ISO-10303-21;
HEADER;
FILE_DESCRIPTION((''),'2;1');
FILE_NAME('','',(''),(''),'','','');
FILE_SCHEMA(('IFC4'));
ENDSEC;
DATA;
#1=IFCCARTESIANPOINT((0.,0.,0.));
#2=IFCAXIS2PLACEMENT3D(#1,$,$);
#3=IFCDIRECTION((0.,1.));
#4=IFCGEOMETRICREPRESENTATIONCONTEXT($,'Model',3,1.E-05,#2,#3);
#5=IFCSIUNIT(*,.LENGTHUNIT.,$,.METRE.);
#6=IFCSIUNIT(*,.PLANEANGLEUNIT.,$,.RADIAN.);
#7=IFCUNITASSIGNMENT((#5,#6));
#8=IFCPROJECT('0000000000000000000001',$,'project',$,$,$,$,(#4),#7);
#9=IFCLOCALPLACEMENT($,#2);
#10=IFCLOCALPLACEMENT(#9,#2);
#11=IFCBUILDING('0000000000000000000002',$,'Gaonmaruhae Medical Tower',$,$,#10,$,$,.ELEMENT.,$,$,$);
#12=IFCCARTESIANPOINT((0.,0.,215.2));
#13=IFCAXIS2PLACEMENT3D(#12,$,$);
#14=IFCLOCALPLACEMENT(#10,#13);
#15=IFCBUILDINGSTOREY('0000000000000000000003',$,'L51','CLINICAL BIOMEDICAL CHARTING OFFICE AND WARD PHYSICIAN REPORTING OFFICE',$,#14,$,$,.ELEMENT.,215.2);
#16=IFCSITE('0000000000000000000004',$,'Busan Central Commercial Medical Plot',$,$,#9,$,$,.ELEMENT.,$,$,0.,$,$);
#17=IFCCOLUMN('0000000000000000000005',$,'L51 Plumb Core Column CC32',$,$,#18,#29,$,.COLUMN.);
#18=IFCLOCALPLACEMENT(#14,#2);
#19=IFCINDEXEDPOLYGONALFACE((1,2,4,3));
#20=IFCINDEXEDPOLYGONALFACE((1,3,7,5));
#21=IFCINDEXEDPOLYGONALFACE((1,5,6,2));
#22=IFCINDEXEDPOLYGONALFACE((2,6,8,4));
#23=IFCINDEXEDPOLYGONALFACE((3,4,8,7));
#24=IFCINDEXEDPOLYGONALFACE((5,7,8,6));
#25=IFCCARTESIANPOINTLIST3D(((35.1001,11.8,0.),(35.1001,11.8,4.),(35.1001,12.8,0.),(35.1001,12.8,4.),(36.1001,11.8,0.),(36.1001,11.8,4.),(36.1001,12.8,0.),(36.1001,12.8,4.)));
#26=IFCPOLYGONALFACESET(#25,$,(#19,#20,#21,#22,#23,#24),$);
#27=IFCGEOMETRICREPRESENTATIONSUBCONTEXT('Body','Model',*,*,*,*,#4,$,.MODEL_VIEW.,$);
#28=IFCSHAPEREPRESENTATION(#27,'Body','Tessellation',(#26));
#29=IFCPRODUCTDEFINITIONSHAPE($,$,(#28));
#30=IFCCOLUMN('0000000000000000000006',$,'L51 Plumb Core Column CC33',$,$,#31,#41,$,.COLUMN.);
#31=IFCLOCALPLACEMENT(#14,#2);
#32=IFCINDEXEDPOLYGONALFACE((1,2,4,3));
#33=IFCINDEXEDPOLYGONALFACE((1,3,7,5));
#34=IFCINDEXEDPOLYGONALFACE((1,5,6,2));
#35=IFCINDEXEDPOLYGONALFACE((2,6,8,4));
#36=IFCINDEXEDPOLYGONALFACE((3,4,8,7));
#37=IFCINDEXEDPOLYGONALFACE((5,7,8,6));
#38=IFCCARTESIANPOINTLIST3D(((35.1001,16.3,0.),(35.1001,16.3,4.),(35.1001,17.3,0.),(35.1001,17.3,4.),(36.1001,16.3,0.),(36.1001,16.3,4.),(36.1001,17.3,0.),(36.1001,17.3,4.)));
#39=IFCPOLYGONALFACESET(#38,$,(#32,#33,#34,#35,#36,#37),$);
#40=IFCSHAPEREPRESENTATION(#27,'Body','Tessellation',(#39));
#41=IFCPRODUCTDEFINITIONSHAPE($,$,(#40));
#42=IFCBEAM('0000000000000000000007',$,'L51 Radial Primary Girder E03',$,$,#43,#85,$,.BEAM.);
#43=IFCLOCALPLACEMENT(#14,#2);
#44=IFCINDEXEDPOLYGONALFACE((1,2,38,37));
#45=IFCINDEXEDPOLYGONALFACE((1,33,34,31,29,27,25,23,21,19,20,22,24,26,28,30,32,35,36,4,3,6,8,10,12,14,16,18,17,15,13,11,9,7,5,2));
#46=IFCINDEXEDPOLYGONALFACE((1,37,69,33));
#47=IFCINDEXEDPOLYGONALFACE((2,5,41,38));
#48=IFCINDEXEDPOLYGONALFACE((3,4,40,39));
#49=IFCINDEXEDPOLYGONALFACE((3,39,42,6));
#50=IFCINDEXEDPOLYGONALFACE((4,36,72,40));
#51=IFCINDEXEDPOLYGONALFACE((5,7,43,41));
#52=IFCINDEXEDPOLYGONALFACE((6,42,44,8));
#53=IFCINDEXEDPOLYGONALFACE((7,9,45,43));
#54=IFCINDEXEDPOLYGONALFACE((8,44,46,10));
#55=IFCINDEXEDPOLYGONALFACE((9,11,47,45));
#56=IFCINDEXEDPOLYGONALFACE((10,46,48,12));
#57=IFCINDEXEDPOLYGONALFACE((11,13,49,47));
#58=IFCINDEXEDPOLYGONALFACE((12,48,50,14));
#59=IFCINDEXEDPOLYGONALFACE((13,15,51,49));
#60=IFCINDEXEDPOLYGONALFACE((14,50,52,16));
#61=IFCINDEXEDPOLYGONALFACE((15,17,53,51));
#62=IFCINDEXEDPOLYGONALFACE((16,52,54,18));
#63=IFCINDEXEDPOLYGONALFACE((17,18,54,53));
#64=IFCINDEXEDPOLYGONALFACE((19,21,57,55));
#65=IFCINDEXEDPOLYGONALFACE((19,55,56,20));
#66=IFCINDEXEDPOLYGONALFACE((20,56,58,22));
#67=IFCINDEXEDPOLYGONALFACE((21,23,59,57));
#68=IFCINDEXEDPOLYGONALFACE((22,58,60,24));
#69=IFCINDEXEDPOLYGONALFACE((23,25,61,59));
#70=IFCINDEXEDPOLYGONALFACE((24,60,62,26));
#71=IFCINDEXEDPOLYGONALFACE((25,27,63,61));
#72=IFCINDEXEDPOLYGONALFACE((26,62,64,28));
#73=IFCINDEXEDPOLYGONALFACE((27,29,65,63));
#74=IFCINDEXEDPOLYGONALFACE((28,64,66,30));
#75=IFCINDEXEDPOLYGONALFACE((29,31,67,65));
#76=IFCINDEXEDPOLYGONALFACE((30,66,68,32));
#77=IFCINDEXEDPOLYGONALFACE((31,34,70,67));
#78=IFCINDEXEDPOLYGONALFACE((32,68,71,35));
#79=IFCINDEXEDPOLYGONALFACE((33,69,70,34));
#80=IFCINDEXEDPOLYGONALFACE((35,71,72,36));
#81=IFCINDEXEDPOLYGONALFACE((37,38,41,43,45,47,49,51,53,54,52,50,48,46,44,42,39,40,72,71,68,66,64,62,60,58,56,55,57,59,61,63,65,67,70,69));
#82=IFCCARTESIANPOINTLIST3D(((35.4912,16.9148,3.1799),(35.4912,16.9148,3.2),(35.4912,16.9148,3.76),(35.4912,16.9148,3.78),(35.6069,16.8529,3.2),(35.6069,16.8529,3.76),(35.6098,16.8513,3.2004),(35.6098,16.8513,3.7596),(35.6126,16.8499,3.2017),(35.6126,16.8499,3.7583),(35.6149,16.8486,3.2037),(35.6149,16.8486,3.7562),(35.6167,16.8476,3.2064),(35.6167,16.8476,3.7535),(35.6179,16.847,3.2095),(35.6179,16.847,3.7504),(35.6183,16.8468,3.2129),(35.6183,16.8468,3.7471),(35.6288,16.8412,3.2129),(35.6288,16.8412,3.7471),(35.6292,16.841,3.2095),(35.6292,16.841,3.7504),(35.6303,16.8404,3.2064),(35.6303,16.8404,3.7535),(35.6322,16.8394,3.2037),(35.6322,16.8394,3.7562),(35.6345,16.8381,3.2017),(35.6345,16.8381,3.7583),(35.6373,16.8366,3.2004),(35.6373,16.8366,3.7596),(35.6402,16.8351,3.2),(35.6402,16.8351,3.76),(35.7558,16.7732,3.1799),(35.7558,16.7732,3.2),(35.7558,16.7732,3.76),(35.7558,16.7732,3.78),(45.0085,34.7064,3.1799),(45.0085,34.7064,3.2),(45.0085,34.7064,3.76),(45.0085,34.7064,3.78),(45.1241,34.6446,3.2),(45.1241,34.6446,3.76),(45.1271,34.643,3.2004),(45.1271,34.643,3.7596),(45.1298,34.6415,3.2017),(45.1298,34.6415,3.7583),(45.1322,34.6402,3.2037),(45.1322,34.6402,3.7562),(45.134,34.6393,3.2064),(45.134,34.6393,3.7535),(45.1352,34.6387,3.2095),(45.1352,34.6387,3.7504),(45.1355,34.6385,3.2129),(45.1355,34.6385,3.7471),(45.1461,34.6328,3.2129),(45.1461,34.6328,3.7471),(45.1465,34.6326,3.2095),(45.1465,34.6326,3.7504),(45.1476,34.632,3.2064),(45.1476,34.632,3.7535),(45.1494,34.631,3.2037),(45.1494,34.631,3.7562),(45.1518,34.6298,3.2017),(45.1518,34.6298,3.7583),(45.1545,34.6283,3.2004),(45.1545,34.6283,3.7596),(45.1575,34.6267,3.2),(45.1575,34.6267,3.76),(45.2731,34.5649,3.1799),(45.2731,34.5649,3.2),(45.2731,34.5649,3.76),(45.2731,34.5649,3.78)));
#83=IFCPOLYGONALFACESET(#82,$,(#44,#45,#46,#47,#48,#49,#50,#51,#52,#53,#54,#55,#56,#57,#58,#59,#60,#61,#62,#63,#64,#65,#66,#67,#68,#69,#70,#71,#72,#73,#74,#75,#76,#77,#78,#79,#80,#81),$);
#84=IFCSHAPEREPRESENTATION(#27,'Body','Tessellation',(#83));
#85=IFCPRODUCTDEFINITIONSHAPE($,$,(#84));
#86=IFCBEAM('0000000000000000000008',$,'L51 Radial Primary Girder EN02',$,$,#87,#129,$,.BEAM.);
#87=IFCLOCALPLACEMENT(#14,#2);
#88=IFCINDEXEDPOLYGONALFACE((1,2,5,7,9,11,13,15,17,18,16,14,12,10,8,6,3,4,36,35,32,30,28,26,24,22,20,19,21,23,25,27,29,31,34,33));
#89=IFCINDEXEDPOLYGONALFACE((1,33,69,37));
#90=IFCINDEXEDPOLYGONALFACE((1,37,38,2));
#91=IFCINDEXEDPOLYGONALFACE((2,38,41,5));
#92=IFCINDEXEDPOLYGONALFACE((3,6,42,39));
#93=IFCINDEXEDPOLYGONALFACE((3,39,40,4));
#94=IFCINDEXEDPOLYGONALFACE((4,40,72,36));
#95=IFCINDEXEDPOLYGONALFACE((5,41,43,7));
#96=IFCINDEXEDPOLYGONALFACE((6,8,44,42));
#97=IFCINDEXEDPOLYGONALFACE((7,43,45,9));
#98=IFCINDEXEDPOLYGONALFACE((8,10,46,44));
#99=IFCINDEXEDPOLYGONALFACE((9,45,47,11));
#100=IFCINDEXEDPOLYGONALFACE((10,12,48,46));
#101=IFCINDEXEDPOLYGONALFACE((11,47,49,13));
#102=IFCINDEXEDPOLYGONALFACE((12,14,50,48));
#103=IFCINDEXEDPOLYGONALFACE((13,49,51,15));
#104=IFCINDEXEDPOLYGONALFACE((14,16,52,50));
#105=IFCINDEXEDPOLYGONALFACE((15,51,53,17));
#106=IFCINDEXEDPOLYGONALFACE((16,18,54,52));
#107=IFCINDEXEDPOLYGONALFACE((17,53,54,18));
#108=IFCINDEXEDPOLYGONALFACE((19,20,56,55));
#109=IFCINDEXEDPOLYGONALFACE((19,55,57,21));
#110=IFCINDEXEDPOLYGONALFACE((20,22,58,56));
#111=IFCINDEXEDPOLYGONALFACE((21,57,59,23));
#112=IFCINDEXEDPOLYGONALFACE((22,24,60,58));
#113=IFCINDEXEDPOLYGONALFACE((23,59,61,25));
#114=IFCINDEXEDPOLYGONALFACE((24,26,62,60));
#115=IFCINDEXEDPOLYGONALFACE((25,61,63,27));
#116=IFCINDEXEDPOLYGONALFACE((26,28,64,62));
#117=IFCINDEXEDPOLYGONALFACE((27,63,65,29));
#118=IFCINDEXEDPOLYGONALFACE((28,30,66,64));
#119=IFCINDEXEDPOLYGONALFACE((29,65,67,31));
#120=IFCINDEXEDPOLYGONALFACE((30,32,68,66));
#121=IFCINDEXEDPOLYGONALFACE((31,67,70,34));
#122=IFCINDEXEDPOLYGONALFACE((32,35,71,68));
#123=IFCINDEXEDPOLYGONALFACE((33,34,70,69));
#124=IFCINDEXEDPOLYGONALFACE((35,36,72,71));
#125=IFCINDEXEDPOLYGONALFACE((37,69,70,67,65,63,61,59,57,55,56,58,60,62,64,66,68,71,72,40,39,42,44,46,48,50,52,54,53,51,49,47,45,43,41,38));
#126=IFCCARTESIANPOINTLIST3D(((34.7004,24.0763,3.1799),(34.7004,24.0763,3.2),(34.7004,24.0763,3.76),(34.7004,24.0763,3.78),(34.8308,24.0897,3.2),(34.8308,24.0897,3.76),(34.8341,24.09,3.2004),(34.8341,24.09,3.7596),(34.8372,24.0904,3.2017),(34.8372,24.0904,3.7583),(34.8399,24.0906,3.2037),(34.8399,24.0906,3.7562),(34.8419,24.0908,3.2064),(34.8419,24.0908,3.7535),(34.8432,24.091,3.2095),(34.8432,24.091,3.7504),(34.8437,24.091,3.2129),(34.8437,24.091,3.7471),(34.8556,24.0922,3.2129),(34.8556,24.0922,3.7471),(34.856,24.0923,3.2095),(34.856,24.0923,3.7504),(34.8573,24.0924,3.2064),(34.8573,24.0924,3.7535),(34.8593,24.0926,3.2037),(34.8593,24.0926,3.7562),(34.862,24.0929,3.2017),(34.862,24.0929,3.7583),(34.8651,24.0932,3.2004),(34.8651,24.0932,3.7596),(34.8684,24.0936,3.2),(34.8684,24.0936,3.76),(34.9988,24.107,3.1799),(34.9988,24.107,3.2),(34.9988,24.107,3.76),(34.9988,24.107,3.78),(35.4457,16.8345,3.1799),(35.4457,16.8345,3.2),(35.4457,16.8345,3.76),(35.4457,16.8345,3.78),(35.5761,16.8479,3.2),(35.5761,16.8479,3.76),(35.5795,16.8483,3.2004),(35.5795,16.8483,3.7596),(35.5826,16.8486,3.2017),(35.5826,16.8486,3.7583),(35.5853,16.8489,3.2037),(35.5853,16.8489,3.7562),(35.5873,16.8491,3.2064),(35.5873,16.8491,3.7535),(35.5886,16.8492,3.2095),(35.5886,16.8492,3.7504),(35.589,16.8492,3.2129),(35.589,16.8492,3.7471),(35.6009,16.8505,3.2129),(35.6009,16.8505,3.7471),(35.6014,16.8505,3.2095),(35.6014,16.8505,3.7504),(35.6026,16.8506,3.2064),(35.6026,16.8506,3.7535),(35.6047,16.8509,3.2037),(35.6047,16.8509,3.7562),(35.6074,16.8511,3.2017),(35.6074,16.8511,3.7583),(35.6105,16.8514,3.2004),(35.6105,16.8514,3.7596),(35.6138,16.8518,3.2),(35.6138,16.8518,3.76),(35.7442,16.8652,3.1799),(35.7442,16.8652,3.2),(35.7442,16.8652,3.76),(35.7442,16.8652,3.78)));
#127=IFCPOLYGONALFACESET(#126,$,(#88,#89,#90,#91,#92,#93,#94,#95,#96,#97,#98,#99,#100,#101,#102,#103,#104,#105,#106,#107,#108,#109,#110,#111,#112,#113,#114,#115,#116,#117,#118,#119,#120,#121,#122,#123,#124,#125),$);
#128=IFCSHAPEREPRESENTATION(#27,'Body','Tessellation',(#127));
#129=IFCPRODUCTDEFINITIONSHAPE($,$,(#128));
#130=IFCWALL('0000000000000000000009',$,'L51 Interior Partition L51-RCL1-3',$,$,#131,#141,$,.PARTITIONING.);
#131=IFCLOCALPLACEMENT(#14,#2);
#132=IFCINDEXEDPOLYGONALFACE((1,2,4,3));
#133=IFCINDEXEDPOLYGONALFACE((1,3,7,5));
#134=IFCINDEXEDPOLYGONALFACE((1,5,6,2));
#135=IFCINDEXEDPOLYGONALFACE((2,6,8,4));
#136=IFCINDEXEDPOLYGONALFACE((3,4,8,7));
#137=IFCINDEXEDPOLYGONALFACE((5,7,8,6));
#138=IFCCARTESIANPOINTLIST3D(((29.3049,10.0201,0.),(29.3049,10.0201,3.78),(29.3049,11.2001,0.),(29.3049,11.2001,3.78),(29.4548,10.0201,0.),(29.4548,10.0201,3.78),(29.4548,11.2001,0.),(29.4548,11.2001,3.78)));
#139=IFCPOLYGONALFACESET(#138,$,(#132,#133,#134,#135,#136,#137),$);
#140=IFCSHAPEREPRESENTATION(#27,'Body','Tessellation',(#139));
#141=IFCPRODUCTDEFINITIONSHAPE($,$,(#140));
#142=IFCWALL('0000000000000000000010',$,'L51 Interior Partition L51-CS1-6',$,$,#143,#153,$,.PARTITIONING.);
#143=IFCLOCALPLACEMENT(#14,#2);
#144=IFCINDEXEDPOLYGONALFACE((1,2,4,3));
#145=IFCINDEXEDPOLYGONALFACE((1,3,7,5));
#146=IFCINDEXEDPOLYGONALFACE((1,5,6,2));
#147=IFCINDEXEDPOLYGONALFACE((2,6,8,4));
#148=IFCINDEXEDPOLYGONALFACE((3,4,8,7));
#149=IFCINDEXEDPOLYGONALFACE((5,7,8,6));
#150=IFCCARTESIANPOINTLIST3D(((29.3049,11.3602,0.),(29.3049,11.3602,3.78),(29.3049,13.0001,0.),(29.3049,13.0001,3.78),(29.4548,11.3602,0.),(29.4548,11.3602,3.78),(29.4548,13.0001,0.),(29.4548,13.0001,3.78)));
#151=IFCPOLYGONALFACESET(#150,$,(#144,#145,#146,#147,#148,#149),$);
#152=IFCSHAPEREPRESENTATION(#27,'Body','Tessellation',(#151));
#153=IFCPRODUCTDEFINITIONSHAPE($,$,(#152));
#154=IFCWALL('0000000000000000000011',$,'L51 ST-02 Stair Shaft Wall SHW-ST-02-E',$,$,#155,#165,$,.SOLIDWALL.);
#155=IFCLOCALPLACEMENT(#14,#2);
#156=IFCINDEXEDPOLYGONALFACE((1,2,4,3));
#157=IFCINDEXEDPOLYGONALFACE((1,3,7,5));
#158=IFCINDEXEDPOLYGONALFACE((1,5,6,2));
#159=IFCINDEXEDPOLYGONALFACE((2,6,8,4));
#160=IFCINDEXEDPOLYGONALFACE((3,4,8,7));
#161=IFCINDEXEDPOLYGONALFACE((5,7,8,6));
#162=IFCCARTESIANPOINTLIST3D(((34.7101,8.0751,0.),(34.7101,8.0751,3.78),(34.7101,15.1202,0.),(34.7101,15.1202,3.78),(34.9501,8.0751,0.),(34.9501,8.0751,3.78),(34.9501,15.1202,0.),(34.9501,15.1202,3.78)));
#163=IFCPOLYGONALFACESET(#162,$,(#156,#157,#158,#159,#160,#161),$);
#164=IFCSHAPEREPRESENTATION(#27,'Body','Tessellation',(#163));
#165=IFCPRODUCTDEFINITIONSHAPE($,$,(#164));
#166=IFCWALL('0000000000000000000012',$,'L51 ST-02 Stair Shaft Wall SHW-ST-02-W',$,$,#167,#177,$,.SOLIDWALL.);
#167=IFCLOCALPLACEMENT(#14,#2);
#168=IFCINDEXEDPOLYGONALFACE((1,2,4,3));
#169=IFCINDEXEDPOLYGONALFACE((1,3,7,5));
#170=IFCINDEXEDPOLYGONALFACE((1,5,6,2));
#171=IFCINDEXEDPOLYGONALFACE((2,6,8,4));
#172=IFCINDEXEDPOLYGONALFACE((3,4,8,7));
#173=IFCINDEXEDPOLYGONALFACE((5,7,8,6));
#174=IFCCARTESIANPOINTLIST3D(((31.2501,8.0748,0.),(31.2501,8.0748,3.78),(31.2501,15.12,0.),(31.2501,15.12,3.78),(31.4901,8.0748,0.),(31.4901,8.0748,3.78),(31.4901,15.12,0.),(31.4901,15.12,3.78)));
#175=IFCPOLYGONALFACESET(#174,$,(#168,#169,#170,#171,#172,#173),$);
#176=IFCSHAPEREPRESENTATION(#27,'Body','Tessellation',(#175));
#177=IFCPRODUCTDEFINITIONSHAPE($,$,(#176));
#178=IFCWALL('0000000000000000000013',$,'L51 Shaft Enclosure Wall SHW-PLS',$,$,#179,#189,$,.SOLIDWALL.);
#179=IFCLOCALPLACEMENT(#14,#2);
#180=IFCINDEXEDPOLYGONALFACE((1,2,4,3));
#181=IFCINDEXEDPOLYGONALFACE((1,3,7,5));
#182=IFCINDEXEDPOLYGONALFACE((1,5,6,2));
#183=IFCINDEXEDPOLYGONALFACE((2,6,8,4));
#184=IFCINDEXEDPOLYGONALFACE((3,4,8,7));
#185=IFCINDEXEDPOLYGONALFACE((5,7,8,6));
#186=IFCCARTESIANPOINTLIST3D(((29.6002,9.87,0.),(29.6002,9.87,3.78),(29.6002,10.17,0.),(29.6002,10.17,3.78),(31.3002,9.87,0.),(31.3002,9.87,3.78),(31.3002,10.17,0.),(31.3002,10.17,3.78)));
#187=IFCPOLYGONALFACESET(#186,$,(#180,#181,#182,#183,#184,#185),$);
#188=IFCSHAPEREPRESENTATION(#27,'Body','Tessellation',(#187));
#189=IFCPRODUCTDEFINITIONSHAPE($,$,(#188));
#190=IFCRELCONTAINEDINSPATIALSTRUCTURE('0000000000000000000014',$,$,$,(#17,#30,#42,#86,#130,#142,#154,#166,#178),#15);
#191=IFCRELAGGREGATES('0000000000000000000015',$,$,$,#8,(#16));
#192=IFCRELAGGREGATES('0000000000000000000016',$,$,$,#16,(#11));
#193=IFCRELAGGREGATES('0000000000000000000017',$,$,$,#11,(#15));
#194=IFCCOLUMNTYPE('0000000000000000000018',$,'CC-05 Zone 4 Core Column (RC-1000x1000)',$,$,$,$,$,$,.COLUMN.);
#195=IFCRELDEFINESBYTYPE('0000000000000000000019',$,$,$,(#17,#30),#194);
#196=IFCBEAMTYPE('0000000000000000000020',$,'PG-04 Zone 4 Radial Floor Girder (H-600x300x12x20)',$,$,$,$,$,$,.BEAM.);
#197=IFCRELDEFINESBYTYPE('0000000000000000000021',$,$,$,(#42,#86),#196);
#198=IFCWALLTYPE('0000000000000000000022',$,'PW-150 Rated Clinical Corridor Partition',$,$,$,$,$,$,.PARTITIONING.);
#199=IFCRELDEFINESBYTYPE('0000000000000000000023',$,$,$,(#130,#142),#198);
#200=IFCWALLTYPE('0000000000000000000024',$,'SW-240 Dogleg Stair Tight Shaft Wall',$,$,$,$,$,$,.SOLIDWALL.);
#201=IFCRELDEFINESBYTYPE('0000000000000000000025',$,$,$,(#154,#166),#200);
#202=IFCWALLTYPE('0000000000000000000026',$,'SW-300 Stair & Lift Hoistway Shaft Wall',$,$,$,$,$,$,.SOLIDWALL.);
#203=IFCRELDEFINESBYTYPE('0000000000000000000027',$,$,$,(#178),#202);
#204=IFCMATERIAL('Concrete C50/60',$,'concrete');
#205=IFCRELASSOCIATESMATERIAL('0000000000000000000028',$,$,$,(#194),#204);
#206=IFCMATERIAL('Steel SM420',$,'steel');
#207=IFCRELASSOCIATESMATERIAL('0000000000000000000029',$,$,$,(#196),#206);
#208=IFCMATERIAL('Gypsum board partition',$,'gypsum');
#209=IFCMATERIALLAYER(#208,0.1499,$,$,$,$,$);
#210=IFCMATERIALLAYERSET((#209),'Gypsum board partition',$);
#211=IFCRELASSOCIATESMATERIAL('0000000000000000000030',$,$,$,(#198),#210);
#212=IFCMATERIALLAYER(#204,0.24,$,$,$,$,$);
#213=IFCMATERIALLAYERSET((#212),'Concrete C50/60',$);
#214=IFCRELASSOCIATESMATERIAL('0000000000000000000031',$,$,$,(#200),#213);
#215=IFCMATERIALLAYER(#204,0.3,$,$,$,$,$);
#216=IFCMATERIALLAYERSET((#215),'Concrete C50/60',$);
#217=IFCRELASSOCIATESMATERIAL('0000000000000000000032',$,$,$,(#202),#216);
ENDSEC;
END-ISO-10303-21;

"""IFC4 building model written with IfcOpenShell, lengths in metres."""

from ifc_helpers import new_model, si_unit, direction, frame, frame_2d, origin, origin_2d, place, context, subcontext, project, spatial, rectangle, i_section, extrude, material, layer, layer_set, material_profile, profile_set, type_object, element, save


model = new_model("IFC4")

# Units and contexts
model_context = context("Model", 3, precision=1e-05, world=origin(), true_north=direction((0.0, 1.0)))
body_context = subcontext(model_context, "Body", "Model", "MODEL_VIEW")
ifc_project = project(units=[si_unit("LENGTHUNIT", "METRE"), si_unit("PLANEANGLEUNIT", "RADIAN")], contexts=[model_context])

# Site, building, storey
site_placement = place(None, origin())
site = spatial("IfcSite", under=ifc_project, at=site_placement, Name="Busan Central Commercial Medical Plot", CompositionType="ELEMENT", RefElevation=0.0)
building_placement = place(site_placement, origin())
building = spatial("IfcBuilding", under=site, at=building_placement, Name="Gaonmaruhae Medical Tower", CompositionType="ELEMENT")
storey_placement = place(building_placement, frame((0.0, 0.0, 215.2)))
storey = spatial("IfcBuildingStorey", under=building, at=storey_placement, Name="L51", Description="CLINICAL BIOMEDICAL CHARTING OFFICE AND WARD PHYSICIAN REPORTING OFFICE", CompositionType="ELEMENT", Elevation=215.2)

# Columns
ifc_material_1 = material(Name="Concrete C50/60", Category="concrete")
ifc_material_profile_1 = material_profile(ifc_material_1, rectangle(XDim=1.0, YDim=1.0, at=origin_2d()), Name="RC-1000x1000")
ifc_profile_set_1 = profile_set([ifc_material_profile_1], Name="Concrete C50/60")
column_type = type_object("IfcColumnType", Name="CC-05 Zone 4 Core Column (RC-1000x1000)", PredefinedType="COLUMN", material=ifc_profile_set_1)
for number, where, z_axis, x_axis, name in (
    (1, (35.6001, 12.3, 0.0), (0.0, 0.0, 1.0), (1.0, 0.0, 0.0), "L51 Plumb Core Column CC32"),
    (2, (35.6001, 16.8, 0.0), (0.0, 0.0, 1.0), (1.0, 0.0, 0.0), "L51 Plumb Core Column CC33"),
):
    element("IfcColumn", number, at=place(storey_placement, frame(where, z_axis=z_axis, x_axis=x_axis)), inside=storey, type_object=column_type, Name=name, PredefinedType="COLUMN", context=body_context, shape_type="SweptSolid", body=[
        extrude(rectangle(XDim=1.0, YDim=1.0, at=origin_2d()), origin(), (0.0, 0.0, 1.0), 4.0),
    ])

# Beams
ifc_material_2 = material(Name="Steel SM420", Category="steel")
ifc_material_profile_2 = material_profile(ifc_material_2, i_section(OverallWidth=0.3, OverallDepth=0.6001, WebThickness=0.012, FlangeThickness=0.02, FilletRadius=0.0129, at=origin_2d()), Name="H-600x300x12x20")
ifc_profile_set_2 = profile_set([ifc_material_profile_2], Name="Steel SM420")
beam_type = type_object("IfcBeamType", Name="PG-04 Zone 4 Radial Floor Girder (H-600x300x12x20)", PredefinedType="BEAM", material=ifc_profile_set_2)
beam_1_placement = place(storey_placement, frame((35.6235, 16.844, 3.48), z_axis=(0.471684, 0.881768, 0.0), x_axis=(-0.881768, 0.471684, 0.0)))
element("IfcBeam", 3, at=beam_1_placement, inside=storey, type_object=beam_type, Name="L51 Radial Primary Girder E03", PredefinedType="BEAM", context=body_context, shape_type="SweptSolid", body=[
    extrude(i_section(OverallWidth=0.3, OverallDepth=0.6001, WebThickness=0.012, FlangeThickness=0.02, FilletRadius=0.0129, at=origin_2d()), origin(), (0.0, 0.0, 1.0), 20.1772),
])
beam_2_placement = place(storey_placement, frame((35.595, 16.8499, 3.48), z_axis=(-0.102385, 0.994745, 0.0), x_axis=(-0.994745, -0.102385, 0.0)))
element("IfcBeam", 4, at=beam_2_placement, inside=storey, type_object=beam_type, Name="L51 Radial Primary Girder EN02", PredefinedType="BEAM", context=body_context, shape_type="SweptSolid", body=[
    extrude(i_section(OverallWidth=0.3, OverallDepth=0.6001, WebThickness=0.012, FlangeThickness=0.02, FilletRadius=0.0129, at=origin_2d()), origin(), (0.0, 0.0, 1.0), 7.28),
])

# Walls
ifc_material_3 = material(Name="Gypsum board partition", Category="gypsum")
ifc_layer_1 = layer(ifc_material_3, 0.1499)
ifc_layer_set_1 = layer_set([ifc_layer_1], Name="Gypsum board partition")
wall_type_1 = type_object("IfcWallType", Name="PW-150 Rated Clinical Corridor Partition", PredefinedType="PARTITIONING", material=ifc_layer_set_1)
wall_1_placement = place(storey_placement, frame((29.3799, 11.2, 0.0), z_axis=(0.0, 0.0, 1.0), x_axis=(0.0, -1.0, 0.0)))
element("IfcWall", 5, at=wall_1_placement, inside=storey, type_object=wall_type_1, Name="L51 Interior Partition L51-RCL1-3", PredefinedType="PARTITIONING", context=body_context, shape_type="SweptSolid", body=[
    extrude(rectangle(XDim=1.1799, YDim=0.1499, at=frame_2d((0.5898, 0.0))), origin(), (0.0, 0.0, 1.0), 3.78),
])
wall_2_placement = place(storey_placement, frame((29.3799, 13.0, 0.0), z_axis=(0.0, 0.0, 1.0), x_axis=(0.0, -1.0, 0.0)))
element("IfcWall", 6, at=wall_2_placement, inside=storey, type_object=wall_type_1, Name="L51 Interior Partition L51-CS1-6", PredefinedType="PARTITIONING", context=body_context, shape_type="SweptSolid", body=[
    extrude(rectangle(XDim=1.6399, YDim=0.1499, at=frame_2d((0.8198, 0.0))), origin(), (0.0, 0.0, 1.0), 3.78),
])

# Shared definitions
ifc_layer_2 = layer(ifc_material_1, 0.24)
ifc_layer_set_2 = layer_set([ifc_layer_2], Name="Concrete C50/60")
wall_type_2 = type_object("IfcWallType", Name="SW-240 Dogleg Stair Tight Shaft Wall", PredefinedType="SOLIDWALL", material=ifc_layer_set_2)

# Walls
for number, where, z_axis, x_axis, name in (
    (7, (34.8301, 15.1201, 0.0), (0.0, 0.0, 1.0), (0.0, -1.0, 0.0), "L51 ST-02 Stair Shaft Wall SHW-ST-02-E"),
    (8, (31.3701, 8.075, 0.0), (0.0, 0.0, 1.0), (0.0, 1.0, 0.0), "L51 ST-02 Stair Shaft Wall SHW-ST-02-W"),
):
    element("IfcWall", number, at=place(storey_placement, frame(where, z_axis=z_axis, x_axis=x_axis)), inside=storey, type_object=wall_type_2, Name=name, PredefinedType="SOLIDWALL", context=body_context, shape_type="SweptSolid", body=[
        extrude(rectangle(XDim=7.0452, YDim=0.24, at=frame_2d((3.5225, 0.0))), origin(), (0.0, 0.0, 1.0), 3.78),
    ])
ifc_layer_3 = layer(ifc_material_1, 0.3)
ifc_layer_set_3 = layer_set([ifc_layer_3], Name="Concrete C50/60")
wall_type_3 = type_object("IfcWallType", Name="SW-300 Stair & Lift Hoistway Shaft Wall", PredefinedType="SOLIDWALL", material=ifc_layer_set_3)
wall_3_placement = place(storey_placement, frame((29.6001, 10.02, 0.0), z_axis=(0.0, 0.0, 1.0), x_axis=(1.0, 0.0, 0.0)))
element("IfcWall", 9, at=wall_3_placement, inside=storey, type_object=wall_type_3, Name="L51 Shaft Enclosure Wall SHW-PLS", PredefinedType="SOLIDWALL", context=body_context, shape_type="SweptSolid", body=[
    extrude(rectangle(XDim=1.7, YDim=0.3, at=frame_2d((0.8501, 0.0))), origin(), (0.0, 0.0, 1.0), 3.78),
])

save(model, "model.ifc")
